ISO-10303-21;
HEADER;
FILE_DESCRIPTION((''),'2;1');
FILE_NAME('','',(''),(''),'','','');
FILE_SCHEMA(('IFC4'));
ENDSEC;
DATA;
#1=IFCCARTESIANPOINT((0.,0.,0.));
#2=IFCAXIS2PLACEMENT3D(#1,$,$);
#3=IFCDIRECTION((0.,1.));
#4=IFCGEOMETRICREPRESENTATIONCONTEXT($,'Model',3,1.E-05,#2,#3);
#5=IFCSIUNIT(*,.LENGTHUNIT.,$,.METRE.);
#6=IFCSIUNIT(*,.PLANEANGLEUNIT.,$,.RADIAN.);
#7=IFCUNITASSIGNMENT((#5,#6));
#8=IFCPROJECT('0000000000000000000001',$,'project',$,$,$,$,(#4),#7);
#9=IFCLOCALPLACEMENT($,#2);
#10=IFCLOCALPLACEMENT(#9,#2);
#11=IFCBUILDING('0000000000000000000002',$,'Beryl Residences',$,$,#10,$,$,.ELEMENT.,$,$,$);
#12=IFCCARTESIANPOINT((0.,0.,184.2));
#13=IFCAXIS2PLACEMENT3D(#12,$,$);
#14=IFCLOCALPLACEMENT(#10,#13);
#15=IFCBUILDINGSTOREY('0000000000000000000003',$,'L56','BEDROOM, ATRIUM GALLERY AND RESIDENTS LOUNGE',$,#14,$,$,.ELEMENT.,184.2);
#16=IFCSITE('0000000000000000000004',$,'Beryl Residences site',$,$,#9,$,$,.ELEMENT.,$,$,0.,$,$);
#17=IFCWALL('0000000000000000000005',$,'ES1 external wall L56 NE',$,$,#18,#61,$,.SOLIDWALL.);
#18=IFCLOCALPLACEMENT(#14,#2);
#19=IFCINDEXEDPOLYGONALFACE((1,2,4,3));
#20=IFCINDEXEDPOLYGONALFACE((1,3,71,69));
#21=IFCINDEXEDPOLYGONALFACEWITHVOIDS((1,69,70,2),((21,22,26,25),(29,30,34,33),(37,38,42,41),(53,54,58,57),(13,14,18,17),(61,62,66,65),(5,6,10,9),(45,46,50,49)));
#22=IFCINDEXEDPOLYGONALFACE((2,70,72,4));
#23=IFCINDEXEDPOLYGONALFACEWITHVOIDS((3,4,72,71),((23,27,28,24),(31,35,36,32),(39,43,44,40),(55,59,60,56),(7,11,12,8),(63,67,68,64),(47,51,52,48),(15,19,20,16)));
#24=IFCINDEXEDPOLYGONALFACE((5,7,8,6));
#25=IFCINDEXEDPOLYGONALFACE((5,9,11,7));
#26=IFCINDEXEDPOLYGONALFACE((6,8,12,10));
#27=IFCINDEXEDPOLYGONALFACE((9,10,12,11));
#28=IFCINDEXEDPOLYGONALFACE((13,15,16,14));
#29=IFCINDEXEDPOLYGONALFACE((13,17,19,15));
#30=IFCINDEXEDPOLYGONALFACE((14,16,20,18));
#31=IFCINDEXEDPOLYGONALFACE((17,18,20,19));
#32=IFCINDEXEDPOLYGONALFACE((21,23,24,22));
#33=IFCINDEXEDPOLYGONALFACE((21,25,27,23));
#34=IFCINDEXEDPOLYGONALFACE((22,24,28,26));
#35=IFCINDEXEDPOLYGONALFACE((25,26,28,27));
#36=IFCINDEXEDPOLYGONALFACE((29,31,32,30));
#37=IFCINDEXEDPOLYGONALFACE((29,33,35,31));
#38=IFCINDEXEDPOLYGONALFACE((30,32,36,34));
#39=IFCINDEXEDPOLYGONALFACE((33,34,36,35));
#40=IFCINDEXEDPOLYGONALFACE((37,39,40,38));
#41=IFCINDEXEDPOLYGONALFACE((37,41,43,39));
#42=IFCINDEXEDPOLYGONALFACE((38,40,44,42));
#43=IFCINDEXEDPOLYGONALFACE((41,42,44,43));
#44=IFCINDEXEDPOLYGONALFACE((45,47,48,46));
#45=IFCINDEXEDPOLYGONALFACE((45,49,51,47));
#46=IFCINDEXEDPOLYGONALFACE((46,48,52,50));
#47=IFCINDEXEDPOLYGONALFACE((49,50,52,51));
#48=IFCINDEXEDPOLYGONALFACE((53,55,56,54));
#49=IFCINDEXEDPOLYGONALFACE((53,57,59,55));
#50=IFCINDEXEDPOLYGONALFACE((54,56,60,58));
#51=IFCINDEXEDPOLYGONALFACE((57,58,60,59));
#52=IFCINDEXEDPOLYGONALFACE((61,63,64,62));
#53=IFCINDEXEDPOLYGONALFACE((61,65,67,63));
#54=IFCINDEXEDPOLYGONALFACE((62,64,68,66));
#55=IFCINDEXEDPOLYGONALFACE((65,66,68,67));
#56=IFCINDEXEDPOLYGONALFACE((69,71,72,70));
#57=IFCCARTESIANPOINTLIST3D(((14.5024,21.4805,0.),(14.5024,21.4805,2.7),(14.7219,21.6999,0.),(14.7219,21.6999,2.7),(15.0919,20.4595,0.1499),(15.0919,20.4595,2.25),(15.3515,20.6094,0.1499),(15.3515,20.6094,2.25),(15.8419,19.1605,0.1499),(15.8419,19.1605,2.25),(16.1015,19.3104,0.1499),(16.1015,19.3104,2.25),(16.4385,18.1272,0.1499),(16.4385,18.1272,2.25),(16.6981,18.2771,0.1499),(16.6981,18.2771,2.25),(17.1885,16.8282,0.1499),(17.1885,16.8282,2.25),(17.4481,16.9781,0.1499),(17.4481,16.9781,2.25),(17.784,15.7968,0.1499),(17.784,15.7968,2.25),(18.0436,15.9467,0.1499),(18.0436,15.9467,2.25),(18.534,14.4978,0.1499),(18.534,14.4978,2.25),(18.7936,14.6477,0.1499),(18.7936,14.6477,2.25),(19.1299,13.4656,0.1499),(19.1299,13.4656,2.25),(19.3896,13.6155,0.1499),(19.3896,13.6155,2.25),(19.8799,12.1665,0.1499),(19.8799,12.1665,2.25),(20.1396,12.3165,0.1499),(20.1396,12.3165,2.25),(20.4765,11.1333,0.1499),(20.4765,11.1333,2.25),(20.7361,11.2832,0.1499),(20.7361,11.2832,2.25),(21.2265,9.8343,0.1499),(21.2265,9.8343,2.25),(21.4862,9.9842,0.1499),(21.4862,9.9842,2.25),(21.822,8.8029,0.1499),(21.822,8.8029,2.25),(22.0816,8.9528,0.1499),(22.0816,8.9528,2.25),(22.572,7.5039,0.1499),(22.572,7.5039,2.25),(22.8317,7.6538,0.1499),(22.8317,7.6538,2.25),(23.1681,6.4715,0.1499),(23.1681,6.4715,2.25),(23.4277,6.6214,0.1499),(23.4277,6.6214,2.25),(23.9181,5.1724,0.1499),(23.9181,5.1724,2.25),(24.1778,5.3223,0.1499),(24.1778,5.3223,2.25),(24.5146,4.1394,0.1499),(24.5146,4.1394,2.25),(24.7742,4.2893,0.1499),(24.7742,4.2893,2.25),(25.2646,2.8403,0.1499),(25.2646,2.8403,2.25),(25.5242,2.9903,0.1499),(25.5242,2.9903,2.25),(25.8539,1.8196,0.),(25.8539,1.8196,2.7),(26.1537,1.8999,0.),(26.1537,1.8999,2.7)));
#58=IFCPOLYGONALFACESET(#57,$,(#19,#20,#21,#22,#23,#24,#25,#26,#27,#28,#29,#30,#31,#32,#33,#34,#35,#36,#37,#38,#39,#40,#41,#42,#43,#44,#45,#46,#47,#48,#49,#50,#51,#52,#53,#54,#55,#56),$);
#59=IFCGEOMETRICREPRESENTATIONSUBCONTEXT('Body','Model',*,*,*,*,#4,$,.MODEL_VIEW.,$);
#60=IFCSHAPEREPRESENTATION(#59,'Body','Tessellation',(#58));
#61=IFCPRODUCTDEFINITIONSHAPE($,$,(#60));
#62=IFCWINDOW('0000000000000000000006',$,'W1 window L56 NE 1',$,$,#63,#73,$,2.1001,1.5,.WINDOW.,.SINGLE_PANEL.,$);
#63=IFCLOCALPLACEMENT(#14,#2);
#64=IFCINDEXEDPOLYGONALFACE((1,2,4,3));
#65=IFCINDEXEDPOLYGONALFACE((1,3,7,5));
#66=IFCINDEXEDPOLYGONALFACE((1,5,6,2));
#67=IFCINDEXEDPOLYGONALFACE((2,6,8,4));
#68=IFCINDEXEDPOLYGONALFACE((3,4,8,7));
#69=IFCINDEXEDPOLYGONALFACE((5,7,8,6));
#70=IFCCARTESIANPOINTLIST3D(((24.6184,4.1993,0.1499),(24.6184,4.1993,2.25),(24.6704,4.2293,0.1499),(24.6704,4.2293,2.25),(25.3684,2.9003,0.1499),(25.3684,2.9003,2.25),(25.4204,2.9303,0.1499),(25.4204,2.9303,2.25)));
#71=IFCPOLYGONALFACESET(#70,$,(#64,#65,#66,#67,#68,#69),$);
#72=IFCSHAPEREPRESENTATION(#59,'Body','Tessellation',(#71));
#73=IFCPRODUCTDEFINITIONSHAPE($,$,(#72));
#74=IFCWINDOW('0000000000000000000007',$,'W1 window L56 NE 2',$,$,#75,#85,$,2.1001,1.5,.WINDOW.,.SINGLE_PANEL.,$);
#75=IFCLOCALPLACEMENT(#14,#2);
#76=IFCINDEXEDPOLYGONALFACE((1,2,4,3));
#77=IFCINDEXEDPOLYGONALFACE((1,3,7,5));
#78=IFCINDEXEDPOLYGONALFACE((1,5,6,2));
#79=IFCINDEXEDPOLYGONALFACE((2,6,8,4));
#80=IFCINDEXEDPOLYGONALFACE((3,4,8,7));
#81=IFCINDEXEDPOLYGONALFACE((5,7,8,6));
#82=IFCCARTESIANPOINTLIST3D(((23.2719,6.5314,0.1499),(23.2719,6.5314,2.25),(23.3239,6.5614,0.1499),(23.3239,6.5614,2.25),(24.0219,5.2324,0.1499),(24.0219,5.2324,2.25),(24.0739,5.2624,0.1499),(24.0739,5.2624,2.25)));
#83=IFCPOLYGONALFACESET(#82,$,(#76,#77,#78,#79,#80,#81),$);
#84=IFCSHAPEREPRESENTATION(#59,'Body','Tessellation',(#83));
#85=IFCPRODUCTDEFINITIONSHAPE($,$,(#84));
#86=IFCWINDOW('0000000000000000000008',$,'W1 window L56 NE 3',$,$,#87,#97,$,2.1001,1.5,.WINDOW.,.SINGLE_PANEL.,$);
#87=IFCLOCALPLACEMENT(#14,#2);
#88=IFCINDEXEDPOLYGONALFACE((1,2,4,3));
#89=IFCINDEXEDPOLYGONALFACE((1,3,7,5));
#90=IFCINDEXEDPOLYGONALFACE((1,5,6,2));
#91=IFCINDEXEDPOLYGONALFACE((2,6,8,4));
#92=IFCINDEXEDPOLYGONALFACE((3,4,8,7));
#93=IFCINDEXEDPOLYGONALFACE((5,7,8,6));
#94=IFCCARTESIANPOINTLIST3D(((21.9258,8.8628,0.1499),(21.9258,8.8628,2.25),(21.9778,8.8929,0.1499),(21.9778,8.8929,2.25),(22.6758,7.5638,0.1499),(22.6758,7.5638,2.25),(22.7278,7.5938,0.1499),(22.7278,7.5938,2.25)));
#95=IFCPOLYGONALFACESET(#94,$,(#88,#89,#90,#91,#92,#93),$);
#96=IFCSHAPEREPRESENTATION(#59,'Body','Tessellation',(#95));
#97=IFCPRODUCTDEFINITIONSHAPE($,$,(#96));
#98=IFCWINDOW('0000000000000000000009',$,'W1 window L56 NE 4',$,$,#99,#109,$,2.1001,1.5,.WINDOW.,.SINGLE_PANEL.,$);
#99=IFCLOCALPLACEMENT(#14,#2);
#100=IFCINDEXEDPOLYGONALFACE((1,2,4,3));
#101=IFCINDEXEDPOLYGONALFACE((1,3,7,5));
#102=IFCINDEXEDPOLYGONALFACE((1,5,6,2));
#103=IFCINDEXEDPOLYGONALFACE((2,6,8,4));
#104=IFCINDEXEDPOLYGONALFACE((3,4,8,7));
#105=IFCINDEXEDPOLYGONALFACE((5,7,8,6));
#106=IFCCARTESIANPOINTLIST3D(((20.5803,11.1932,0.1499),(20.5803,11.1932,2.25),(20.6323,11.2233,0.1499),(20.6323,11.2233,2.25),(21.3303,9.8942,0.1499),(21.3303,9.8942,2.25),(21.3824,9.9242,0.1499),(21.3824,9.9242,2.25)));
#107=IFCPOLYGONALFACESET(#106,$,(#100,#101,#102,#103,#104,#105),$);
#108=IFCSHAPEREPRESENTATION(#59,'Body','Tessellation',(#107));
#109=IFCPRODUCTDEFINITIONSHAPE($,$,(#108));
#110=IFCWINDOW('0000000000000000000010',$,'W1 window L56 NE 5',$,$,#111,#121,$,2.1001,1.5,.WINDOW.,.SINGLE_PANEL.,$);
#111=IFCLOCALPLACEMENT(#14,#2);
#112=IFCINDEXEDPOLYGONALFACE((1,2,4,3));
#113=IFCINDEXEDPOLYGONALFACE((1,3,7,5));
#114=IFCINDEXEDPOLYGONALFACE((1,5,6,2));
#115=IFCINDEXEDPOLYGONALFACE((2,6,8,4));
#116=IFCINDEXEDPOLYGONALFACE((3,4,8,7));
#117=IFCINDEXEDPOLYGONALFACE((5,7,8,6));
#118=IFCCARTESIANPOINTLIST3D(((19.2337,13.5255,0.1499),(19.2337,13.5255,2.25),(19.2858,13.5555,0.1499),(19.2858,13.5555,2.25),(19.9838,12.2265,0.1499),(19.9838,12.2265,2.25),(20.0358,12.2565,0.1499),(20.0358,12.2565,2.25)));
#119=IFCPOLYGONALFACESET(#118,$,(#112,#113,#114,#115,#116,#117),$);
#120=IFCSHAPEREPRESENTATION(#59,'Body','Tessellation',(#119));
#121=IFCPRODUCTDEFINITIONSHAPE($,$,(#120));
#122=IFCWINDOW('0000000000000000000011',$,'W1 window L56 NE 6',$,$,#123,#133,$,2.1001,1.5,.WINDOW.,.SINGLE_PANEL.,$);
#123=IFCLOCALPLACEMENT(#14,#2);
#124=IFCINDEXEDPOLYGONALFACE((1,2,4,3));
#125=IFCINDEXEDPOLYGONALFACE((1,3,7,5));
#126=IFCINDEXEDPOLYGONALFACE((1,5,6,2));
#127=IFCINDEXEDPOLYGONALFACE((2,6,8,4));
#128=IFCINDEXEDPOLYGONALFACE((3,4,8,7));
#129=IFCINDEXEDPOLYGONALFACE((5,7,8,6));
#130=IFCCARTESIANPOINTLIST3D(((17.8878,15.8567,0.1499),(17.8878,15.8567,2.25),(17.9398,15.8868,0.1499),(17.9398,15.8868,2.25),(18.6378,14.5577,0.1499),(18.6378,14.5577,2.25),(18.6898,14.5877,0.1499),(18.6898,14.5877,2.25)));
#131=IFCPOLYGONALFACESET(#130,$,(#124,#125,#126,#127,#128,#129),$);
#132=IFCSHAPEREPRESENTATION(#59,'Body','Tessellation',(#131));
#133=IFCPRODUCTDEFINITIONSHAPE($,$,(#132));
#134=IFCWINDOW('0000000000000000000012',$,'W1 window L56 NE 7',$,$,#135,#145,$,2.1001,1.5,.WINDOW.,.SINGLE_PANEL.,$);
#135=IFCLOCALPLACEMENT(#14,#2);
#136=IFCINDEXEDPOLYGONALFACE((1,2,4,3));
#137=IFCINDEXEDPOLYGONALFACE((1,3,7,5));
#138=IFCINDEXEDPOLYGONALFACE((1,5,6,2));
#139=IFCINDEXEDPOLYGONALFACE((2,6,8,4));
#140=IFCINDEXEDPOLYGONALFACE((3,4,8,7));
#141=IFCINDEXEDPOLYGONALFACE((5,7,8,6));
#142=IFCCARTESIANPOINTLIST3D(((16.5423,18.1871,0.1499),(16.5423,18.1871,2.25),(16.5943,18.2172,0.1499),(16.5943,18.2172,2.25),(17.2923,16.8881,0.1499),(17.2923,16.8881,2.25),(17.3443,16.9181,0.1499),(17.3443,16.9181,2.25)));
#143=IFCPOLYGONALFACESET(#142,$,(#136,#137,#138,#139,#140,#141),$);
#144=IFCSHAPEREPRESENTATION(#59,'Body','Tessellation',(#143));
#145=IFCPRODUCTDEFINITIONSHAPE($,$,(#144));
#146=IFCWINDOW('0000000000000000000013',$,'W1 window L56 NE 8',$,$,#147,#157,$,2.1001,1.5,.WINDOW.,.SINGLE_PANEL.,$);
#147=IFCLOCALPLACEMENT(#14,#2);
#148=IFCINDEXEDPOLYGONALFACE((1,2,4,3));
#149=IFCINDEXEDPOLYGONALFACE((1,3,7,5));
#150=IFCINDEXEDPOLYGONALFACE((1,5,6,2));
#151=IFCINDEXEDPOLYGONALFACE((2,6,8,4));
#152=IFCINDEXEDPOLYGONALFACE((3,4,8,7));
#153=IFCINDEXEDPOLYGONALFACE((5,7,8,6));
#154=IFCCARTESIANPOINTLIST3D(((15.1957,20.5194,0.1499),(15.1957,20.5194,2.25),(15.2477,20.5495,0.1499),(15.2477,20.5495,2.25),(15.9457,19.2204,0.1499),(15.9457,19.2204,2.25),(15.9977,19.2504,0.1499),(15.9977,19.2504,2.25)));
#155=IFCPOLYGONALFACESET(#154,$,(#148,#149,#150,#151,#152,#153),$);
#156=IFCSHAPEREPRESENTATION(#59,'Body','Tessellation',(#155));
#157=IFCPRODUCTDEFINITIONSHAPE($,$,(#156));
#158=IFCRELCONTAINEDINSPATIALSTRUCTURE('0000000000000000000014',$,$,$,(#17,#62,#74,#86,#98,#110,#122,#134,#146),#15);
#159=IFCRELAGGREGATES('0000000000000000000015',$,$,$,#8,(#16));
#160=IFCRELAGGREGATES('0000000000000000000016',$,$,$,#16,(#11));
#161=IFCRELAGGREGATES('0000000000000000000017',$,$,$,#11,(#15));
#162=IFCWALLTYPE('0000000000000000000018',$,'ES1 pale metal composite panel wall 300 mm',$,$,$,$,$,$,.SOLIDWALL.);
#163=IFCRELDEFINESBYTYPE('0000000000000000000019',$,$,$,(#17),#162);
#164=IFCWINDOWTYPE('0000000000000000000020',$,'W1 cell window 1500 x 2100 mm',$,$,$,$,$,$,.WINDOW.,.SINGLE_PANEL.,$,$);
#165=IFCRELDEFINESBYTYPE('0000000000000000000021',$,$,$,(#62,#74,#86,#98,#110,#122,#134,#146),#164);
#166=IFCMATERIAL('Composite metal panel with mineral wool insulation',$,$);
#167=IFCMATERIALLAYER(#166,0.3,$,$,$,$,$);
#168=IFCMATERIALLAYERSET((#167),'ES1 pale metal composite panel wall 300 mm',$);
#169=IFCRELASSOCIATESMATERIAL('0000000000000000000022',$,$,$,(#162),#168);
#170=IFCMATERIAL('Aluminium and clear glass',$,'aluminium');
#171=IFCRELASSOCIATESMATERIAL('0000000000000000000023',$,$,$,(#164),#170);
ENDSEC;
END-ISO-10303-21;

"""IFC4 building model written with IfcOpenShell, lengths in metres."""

from ifc_helpers import new_model, si_unit, direction, frame, frame_2d, origin, place, context, subcontext, project, spatial, polyline, rectangle, outline, extrude, material, layer, layer_set, type_object, element, fill, save


model = new_model("IFC4")

# Units and contexts
model_context = context("Model", 3, precision=1e-05, world=origin(), true_north=direction((0.0, 1.0)))
body_context = subcontext(model_context, "Body", "Model", "MODEL_VIEW")
ifc_project = project(units=[si_unit("LENGTHUNIT", "METRE"), si_unit("PLANEANGLEUNIT", "RADIAN")], contexts=[model_context])

# Site, building, storey
site_placement = place(None, origin())
site = spatial("IfcSite", under=ifc_project, at=site_placement, Name="Beryl Residences site", CompositionType="ELEMENT", RefElevation=0.0)
building_placement = place(site_placement, origin())
building = spatial("IfcBuilding", under=site, at=building_placement, Name="Beryl Residences", CompositionType="ELEMENT")
storey_placement = place(building_placement, frame((0.0, 0.0, 184.2)))
storey = spatial("IfcBuildingStorey", under=building, at=storey_placement, Name="L56", Description="BEDROOM, ATRIUM GALLERY AND RESIDENTS LOUNGE", CompositionType="ELEMENT", Elevation=184.2)

# Wall, openings, windows
ifc_material_1 = material(Name="Composite metal panel with mineral wool insulation")
ifc_layer_1 = layer(ifc_material_1, 0.3)
ifc_layer_set_1 = layer_set([ifc_layer_1], Name="ES1 pale metal composite panel wall 300 mm")
wall_type_1 = type_object("IfcWallType", Name="ES1 pale metal composite panel wall 300 mm", PredefinedType="SOLIDWALL", material=ifc_layer_set_1)
wall_1_placement = place(storey_placement, frame((26.0239, 1.825, 0.0), z_axis=(0.0, 0.0, 1.0), x_axis=(-0.500011, 0.866019, 0.0)))
wall_1 = element("IfcWall", 1, at=wall_1_placement, inside=storey, type_object=wall_type_1, Name="ES1 external wall L56 NE", PredefinedType="SOLIDWALL", context=body_context, shape_type="SweptSolid", body=[
    extrude(outline(polyline([(0.0, -0.1499), (22.8633, -0.1499), (22.783, 0.1499), (0.0803, 0.1499), (0.0, -0.1499)])), origin(), (0.0, 0.0, 1.0), 2.7),
])
opening_1_placement = place(wall_1_placement, frame((1.259, 0.0, 0.1499)))
opening_1 = element("IfcOpeningElement", 2, at=opening_1_placement, cuts=wall_1, PredefinedType="OPENING", context=body_context, shape_type="SweptSolid", body=[
    extrude(rectangle(XDim=1.5, YDim=2.1001, at=frame_2d((0.75, 1.05))), frame((0.0, 0.1599, 0.0), z_axis=(0.0, -1.0, 0.0), x_axis=(1.0, 0.0, 0.0)), (0.0, 0.0, 1.0), 0.3201),
])
opening_2_placement = place(wall_1_placement, frame((3.9519, 0.0, 0.1499)))
opening_2 = element("IfcOpeningElement", 3, at=opening_2_placement, cuts=wall_1, PredefinedType="OPENING", context=body_context, shape_type="SweptSolid", body=[
    extrude(rectangle(XDim=1.5, YDim=2.1001, at=frame_2d((0.75, 1.05))), frame((0.0, 0.1599, 0.0), z_axis=(0.0, -1.0, 0.0), x_axis=(1.0, 0.0, 0.0)), (0.0, 0.0, 1.0), 0.3201),
])
opening_3_placement = place(wall_1_placement, frame((6.644, 0.0, 0.1499)))
opening_3 = element("IfcOpeningElement", 4, at=opening_3_placement, cuts=wall_1, PredefinedType="OPENING", context=body_context, shape_type="SweptSolid", body=[
    extrude(rectangle(XDim=1.5, YDim=2.1001, at=frame_2d((0.75, 1.05))), frame((0.0, 0.1599, 0.0), z_axis=(0.0, -1.0, 0.0), x_axis=(1.0, 0.0, 0.0)), (0.0, 0.0, 1.0), 0.3201),
])
opening_4_placement = place(wall_1_placement, frame((9.335, 0.0, 0.1499)))
opening_4 = element("IfcOpeningElement", 5, at=opening_4_placement, cuts=wall_1, PredefinedType="OPENING", context=body_context, shape_type="SweptSolid", body=[
    extrude(rectangle(XDim=1.5, YDim=2.1001, at=frame_2d((0.75, 1.05))), frame((0.0, 0.1599, 0.0), z_axis=(0.0, -1.0, 0.0), x_axis=(1.0, 0.0, 0.0)), (0.0, 0.0, 1.0), 0.3201),
])
opening_5_placement = place(wall_1_placement, frame((12.0281, 0.0, 0.1499)))
opening_5 = element("IfcOpeningElement", 6, at=opening_5_placement, cuts=wall_1, PredefinedType="OPENING", context=body_context, shape_type="SweptSolid", body=[
    extrude(rectangle(XDim=1.5, YDim=2.1001, at=frame_2d((0.75, 1.05))), frame((0.0, 0.1599, 0.0), z_axis=(0.0, -1.0, 0.0), x_axis=(1.0, 0.0, 0.0)), (0.0, 0.0, 1.0), 0.3201),
])
opening_6_placement = place(wall_1_placement, frame((14.72, 0.0, 0.1499)))
opening_6 = element("IfcOpeningElement", 7, at=opening_6_placement, cuts=wall_1, PredefinedType="OPENING", context=body_context, shape_type="SweptSolid", body=[
    extrude(rectangle(XDim=1.5, YDim=2.1001, at=frame_2d((0.75, 1.05))), frame((0.0, 0.1599, 0.0), z_axis=(0.0, -1.0, 0.0), x_axis=(1.0, 0.0, 0.0)), (0.0, 0.0, 1.0), 0.3201),
])
opening_7_placement = place(wall_1_placement, frame((17.4109, 0.0, 0.1499)))
opening_7 = element("IfcOpeningElement", 8, at=opening_7_placement, cuts=wall_1, PredefinedType="OPENING", context=body_context, shape_type="SweptSolid", body=[
    extrude(rectangle(XDim=1.5, YDim=2.1001, at=frame_2d((0.75, 1.05))), frame((0.0, 0.1599, 0.0), z_axis=(0.0, -1.0, 0.0), x_axis=(1.0, 0.0, 0.0)), (0.0, 0.0, 1.0), 0.3201),
])
opening_8_placement = place(wall_1_placement, frame((20.104, 0.0, 0.1499)))
opening_8 = element("IfcOpeningElement", 9, at=opening_8_placement, cuts=wall_1, PredefinedType="OPENING", context=body_context, shape_type="SweptSolid", body=[
    extrude(rectangle(XDim=1.5, YDim=2.1001, at=frame_2d((0.75, 1.05))), frame((0.0, 0.1599, 0.0), z_axis=(0.0, -1.0, 0.0), x_axis=(1.0, 0.0, 0.0)), (0.0, 0.0, 1.0), 0.3201),
])
ifc_material_2 = material(Name="Aluminium and clear glass", Category="aluminium")
window_type = type_object("IfcWindowType", Name="W1 cell window 1500 x 2100 mm", PartitioningType="SINGLE_PANEL", PredefinedType="WINDOW", material=ifc_material_2)
window_1_placement = place(opening_1_placement, origin())
window_1 = element("IfcWindow", 10, at=window_1_placement, inside=storey, type_object=window_type, Name="W1 window L56 NE 1", OverallHeight=2.1001, OverallWidth=1.5, PartitioningType="SINGLE_PANEL", PredefinedType="WINDOW", context=body_context, shape_type="SweptSolid", body=[
    extrude(rectangle(XDim=1.5, YDim=2.1001, at=frame_2d((0.75, 1.05))), frame((0.0, 0.03, 0.0), z_axis=(0.0, -1.0, 0.0), x_axis=(1.0, 0.0, 0.0)), (0.0, 0.0, 1.0), 0.0601),
])
fill(opening_1, window_1)
window_2_placement = place(opening_2_placement, origin())
window_2 = element("IfcWindow", 11, at=window_2_placement, inside=storey, type_object=window_type, Name="W1 window L56 NE 2", OverallHeight=2.1001, OverallWidth=1.5, PartitioningType="SINGLE_PANEL", PredefinedType="WINDOW", context=body_context, shape_type="SweptSolid", body=[
    extrude(rectangle(XDim=1.5, YDim=2.1001, at=frame_2d((0.75, 1.05))), frame((0.0, 0.03, 0.0), z_axis=(0.0, -1.0, 0.0), x_axis=(1.0, 0.0, 0.0)), (0.0, 0.0, 1.0), 0.0601),
])
fill(opening_2, window_2)
window_3_placement = place(opening_3_placement, origin())
window_3 = element("IfcWindow", 12, at=window_3_placement, inside=storey, type_object=window_type, Name="W1 window L56 NE 3", OverallHeight=2.1001, OverallWidth=1.5, PartitioningType="SINGLE_PANEL", PredefinedType="WINDOW", context=body_context, shape_type="SweptSolid", body=[
    extrude(rectangle(XDim=1.5, YDim=2.1001, at=frame_2d((0.75, 1.05))), frame((0.0, 0.03, 0.0), z_axis=(0.0, -1.0, 0.0), x_axis=(1.0, 0.0, 0.0)), (0.0, 0.0, 1.0), 0.0601),
])
fill(opening_3, window_3)
window_4_placement = place(opening_4_placement, origin())
window_4 = element("IfcWindow", 13, at=window_4_placement, inside=storey, type_object=window_type, Name="W1 window L56 NE 4", OverallHeight=2.1001, OverallWidth=1.5, PartitioningType="SINGLE_PANEL", PredefinedType="WINDOW", context=body_context, shape_type="SweptSolid", body=[
    extrude(rectangle(XDim=1.5, YDim=2.1001, at=frame_2d((0.75, 1.05))), frame((0.0, 0.03, 0.0), z_axis=(0.0, -1.0, 0.0), x_axis=(1.0, 0.0, 0.0)), (0.0, 0.0, 1.0), 0.0601),
])
fill(opening_4, window_4)
window_5_placement = place(opening_5_placement, origin())
window_5 = element("IfcWindow", 14, at=window_5_placement, inside=storey, type_object=window_type, Name="W1 window L56 NE 5", OverallHeight=2.1001, OverallWidth=1.5, PartitioningType="SINGLE_PANEL", PredefinedType="WINDOW", context=body_context, shape_type="SweptSolid", body=[
    extrude(rectangle(XDim=1.5, YDim=2.1001, at=frame_2d((0.75, 1.05))), frame((0.0, 0.03, 0.0), z_axis=(0.0, -1.0, 0.0), x_axis=(1.0, 0.0, 0.0)), (0.0, 0.0, 1.0), 0.0601),
])
fill(opening_5, window_5)
window_6_placement = place(opening_6_placement, origin())
window_6 = element("IfcWindow", 15, at=window_6_placement, inside=storey, type_object=window_type, Name="W1 window L56 NE 6", OverallHeight=2.1001, OverallWidth=1.5, PartitioningType="SINGLE_PANEL", PredefinedType="WINDOW", context=body_context, shape_type="SweptSolid", body=[
    extrude(rectangle(XDim=1.5, YDim=2.1001, at=frame_2d((0.75, 1.05))), frame((0.0, 0.03, 0.0), z_axis=(0.0, -1.0, 0.0), x_axis=(1.0, 0.0, 0.0)), (0.0, 0.0, 1.0), 0.0601),
])
fill(opening_6, window_6)
window_7_placement = place(opening_7_placement, origin())
window_7 = element("IfcWindow", 16, at=window_7_placement, inside=storey, type_object=window_type, Name="W1 window L56 NE 7", OverallHeight=2.1001, OverallWidth=1.5, PartitioningType="SINGLE_PANEL", PredefinedType="WINDOW", context=body_context, shape_type="SweptSolid", body=[
    extrude(rectangle(XDim=1.5, YDim=2.1001, at=frame_2d((0.75, 1.05))), frame((0.0, 0.03, 0.0), z_axis=(0.0, -1.0, 0.0), x_axis=(1.0, 0.0, 0.0)), (0.0, 0.0, 1.0), 0.0601),
])
fill(opening_7, window_7)
window_8_placement = place(opening_8_placement, origin())
window_8 = element("IfcWindow", 17, at=window_8_placement, inside=storey, type_object=window_type, Name="W1 window L56 NE 8", OverallHeight=2.1001, OverallWidth=1.5, PartitioningType="SINGLE_PANEL", PredefinedType="WINDOW", context=body_context, shape_type="SweptSolid", body=[
    extrude(rectangle(XDim=1.5, YDim=2.1001, at=frame_2d((0.75, 1.05))), frame((0.0, 0.03, 0.0), z_axis=(0.0, -1.0, 0.0), x_axis=(1.0, 0.0, 0.0)), (0.0, 0.0, 1.0), 0.0601),
])
fill(opening_8, window_8)

save(model, "model.ifc")
